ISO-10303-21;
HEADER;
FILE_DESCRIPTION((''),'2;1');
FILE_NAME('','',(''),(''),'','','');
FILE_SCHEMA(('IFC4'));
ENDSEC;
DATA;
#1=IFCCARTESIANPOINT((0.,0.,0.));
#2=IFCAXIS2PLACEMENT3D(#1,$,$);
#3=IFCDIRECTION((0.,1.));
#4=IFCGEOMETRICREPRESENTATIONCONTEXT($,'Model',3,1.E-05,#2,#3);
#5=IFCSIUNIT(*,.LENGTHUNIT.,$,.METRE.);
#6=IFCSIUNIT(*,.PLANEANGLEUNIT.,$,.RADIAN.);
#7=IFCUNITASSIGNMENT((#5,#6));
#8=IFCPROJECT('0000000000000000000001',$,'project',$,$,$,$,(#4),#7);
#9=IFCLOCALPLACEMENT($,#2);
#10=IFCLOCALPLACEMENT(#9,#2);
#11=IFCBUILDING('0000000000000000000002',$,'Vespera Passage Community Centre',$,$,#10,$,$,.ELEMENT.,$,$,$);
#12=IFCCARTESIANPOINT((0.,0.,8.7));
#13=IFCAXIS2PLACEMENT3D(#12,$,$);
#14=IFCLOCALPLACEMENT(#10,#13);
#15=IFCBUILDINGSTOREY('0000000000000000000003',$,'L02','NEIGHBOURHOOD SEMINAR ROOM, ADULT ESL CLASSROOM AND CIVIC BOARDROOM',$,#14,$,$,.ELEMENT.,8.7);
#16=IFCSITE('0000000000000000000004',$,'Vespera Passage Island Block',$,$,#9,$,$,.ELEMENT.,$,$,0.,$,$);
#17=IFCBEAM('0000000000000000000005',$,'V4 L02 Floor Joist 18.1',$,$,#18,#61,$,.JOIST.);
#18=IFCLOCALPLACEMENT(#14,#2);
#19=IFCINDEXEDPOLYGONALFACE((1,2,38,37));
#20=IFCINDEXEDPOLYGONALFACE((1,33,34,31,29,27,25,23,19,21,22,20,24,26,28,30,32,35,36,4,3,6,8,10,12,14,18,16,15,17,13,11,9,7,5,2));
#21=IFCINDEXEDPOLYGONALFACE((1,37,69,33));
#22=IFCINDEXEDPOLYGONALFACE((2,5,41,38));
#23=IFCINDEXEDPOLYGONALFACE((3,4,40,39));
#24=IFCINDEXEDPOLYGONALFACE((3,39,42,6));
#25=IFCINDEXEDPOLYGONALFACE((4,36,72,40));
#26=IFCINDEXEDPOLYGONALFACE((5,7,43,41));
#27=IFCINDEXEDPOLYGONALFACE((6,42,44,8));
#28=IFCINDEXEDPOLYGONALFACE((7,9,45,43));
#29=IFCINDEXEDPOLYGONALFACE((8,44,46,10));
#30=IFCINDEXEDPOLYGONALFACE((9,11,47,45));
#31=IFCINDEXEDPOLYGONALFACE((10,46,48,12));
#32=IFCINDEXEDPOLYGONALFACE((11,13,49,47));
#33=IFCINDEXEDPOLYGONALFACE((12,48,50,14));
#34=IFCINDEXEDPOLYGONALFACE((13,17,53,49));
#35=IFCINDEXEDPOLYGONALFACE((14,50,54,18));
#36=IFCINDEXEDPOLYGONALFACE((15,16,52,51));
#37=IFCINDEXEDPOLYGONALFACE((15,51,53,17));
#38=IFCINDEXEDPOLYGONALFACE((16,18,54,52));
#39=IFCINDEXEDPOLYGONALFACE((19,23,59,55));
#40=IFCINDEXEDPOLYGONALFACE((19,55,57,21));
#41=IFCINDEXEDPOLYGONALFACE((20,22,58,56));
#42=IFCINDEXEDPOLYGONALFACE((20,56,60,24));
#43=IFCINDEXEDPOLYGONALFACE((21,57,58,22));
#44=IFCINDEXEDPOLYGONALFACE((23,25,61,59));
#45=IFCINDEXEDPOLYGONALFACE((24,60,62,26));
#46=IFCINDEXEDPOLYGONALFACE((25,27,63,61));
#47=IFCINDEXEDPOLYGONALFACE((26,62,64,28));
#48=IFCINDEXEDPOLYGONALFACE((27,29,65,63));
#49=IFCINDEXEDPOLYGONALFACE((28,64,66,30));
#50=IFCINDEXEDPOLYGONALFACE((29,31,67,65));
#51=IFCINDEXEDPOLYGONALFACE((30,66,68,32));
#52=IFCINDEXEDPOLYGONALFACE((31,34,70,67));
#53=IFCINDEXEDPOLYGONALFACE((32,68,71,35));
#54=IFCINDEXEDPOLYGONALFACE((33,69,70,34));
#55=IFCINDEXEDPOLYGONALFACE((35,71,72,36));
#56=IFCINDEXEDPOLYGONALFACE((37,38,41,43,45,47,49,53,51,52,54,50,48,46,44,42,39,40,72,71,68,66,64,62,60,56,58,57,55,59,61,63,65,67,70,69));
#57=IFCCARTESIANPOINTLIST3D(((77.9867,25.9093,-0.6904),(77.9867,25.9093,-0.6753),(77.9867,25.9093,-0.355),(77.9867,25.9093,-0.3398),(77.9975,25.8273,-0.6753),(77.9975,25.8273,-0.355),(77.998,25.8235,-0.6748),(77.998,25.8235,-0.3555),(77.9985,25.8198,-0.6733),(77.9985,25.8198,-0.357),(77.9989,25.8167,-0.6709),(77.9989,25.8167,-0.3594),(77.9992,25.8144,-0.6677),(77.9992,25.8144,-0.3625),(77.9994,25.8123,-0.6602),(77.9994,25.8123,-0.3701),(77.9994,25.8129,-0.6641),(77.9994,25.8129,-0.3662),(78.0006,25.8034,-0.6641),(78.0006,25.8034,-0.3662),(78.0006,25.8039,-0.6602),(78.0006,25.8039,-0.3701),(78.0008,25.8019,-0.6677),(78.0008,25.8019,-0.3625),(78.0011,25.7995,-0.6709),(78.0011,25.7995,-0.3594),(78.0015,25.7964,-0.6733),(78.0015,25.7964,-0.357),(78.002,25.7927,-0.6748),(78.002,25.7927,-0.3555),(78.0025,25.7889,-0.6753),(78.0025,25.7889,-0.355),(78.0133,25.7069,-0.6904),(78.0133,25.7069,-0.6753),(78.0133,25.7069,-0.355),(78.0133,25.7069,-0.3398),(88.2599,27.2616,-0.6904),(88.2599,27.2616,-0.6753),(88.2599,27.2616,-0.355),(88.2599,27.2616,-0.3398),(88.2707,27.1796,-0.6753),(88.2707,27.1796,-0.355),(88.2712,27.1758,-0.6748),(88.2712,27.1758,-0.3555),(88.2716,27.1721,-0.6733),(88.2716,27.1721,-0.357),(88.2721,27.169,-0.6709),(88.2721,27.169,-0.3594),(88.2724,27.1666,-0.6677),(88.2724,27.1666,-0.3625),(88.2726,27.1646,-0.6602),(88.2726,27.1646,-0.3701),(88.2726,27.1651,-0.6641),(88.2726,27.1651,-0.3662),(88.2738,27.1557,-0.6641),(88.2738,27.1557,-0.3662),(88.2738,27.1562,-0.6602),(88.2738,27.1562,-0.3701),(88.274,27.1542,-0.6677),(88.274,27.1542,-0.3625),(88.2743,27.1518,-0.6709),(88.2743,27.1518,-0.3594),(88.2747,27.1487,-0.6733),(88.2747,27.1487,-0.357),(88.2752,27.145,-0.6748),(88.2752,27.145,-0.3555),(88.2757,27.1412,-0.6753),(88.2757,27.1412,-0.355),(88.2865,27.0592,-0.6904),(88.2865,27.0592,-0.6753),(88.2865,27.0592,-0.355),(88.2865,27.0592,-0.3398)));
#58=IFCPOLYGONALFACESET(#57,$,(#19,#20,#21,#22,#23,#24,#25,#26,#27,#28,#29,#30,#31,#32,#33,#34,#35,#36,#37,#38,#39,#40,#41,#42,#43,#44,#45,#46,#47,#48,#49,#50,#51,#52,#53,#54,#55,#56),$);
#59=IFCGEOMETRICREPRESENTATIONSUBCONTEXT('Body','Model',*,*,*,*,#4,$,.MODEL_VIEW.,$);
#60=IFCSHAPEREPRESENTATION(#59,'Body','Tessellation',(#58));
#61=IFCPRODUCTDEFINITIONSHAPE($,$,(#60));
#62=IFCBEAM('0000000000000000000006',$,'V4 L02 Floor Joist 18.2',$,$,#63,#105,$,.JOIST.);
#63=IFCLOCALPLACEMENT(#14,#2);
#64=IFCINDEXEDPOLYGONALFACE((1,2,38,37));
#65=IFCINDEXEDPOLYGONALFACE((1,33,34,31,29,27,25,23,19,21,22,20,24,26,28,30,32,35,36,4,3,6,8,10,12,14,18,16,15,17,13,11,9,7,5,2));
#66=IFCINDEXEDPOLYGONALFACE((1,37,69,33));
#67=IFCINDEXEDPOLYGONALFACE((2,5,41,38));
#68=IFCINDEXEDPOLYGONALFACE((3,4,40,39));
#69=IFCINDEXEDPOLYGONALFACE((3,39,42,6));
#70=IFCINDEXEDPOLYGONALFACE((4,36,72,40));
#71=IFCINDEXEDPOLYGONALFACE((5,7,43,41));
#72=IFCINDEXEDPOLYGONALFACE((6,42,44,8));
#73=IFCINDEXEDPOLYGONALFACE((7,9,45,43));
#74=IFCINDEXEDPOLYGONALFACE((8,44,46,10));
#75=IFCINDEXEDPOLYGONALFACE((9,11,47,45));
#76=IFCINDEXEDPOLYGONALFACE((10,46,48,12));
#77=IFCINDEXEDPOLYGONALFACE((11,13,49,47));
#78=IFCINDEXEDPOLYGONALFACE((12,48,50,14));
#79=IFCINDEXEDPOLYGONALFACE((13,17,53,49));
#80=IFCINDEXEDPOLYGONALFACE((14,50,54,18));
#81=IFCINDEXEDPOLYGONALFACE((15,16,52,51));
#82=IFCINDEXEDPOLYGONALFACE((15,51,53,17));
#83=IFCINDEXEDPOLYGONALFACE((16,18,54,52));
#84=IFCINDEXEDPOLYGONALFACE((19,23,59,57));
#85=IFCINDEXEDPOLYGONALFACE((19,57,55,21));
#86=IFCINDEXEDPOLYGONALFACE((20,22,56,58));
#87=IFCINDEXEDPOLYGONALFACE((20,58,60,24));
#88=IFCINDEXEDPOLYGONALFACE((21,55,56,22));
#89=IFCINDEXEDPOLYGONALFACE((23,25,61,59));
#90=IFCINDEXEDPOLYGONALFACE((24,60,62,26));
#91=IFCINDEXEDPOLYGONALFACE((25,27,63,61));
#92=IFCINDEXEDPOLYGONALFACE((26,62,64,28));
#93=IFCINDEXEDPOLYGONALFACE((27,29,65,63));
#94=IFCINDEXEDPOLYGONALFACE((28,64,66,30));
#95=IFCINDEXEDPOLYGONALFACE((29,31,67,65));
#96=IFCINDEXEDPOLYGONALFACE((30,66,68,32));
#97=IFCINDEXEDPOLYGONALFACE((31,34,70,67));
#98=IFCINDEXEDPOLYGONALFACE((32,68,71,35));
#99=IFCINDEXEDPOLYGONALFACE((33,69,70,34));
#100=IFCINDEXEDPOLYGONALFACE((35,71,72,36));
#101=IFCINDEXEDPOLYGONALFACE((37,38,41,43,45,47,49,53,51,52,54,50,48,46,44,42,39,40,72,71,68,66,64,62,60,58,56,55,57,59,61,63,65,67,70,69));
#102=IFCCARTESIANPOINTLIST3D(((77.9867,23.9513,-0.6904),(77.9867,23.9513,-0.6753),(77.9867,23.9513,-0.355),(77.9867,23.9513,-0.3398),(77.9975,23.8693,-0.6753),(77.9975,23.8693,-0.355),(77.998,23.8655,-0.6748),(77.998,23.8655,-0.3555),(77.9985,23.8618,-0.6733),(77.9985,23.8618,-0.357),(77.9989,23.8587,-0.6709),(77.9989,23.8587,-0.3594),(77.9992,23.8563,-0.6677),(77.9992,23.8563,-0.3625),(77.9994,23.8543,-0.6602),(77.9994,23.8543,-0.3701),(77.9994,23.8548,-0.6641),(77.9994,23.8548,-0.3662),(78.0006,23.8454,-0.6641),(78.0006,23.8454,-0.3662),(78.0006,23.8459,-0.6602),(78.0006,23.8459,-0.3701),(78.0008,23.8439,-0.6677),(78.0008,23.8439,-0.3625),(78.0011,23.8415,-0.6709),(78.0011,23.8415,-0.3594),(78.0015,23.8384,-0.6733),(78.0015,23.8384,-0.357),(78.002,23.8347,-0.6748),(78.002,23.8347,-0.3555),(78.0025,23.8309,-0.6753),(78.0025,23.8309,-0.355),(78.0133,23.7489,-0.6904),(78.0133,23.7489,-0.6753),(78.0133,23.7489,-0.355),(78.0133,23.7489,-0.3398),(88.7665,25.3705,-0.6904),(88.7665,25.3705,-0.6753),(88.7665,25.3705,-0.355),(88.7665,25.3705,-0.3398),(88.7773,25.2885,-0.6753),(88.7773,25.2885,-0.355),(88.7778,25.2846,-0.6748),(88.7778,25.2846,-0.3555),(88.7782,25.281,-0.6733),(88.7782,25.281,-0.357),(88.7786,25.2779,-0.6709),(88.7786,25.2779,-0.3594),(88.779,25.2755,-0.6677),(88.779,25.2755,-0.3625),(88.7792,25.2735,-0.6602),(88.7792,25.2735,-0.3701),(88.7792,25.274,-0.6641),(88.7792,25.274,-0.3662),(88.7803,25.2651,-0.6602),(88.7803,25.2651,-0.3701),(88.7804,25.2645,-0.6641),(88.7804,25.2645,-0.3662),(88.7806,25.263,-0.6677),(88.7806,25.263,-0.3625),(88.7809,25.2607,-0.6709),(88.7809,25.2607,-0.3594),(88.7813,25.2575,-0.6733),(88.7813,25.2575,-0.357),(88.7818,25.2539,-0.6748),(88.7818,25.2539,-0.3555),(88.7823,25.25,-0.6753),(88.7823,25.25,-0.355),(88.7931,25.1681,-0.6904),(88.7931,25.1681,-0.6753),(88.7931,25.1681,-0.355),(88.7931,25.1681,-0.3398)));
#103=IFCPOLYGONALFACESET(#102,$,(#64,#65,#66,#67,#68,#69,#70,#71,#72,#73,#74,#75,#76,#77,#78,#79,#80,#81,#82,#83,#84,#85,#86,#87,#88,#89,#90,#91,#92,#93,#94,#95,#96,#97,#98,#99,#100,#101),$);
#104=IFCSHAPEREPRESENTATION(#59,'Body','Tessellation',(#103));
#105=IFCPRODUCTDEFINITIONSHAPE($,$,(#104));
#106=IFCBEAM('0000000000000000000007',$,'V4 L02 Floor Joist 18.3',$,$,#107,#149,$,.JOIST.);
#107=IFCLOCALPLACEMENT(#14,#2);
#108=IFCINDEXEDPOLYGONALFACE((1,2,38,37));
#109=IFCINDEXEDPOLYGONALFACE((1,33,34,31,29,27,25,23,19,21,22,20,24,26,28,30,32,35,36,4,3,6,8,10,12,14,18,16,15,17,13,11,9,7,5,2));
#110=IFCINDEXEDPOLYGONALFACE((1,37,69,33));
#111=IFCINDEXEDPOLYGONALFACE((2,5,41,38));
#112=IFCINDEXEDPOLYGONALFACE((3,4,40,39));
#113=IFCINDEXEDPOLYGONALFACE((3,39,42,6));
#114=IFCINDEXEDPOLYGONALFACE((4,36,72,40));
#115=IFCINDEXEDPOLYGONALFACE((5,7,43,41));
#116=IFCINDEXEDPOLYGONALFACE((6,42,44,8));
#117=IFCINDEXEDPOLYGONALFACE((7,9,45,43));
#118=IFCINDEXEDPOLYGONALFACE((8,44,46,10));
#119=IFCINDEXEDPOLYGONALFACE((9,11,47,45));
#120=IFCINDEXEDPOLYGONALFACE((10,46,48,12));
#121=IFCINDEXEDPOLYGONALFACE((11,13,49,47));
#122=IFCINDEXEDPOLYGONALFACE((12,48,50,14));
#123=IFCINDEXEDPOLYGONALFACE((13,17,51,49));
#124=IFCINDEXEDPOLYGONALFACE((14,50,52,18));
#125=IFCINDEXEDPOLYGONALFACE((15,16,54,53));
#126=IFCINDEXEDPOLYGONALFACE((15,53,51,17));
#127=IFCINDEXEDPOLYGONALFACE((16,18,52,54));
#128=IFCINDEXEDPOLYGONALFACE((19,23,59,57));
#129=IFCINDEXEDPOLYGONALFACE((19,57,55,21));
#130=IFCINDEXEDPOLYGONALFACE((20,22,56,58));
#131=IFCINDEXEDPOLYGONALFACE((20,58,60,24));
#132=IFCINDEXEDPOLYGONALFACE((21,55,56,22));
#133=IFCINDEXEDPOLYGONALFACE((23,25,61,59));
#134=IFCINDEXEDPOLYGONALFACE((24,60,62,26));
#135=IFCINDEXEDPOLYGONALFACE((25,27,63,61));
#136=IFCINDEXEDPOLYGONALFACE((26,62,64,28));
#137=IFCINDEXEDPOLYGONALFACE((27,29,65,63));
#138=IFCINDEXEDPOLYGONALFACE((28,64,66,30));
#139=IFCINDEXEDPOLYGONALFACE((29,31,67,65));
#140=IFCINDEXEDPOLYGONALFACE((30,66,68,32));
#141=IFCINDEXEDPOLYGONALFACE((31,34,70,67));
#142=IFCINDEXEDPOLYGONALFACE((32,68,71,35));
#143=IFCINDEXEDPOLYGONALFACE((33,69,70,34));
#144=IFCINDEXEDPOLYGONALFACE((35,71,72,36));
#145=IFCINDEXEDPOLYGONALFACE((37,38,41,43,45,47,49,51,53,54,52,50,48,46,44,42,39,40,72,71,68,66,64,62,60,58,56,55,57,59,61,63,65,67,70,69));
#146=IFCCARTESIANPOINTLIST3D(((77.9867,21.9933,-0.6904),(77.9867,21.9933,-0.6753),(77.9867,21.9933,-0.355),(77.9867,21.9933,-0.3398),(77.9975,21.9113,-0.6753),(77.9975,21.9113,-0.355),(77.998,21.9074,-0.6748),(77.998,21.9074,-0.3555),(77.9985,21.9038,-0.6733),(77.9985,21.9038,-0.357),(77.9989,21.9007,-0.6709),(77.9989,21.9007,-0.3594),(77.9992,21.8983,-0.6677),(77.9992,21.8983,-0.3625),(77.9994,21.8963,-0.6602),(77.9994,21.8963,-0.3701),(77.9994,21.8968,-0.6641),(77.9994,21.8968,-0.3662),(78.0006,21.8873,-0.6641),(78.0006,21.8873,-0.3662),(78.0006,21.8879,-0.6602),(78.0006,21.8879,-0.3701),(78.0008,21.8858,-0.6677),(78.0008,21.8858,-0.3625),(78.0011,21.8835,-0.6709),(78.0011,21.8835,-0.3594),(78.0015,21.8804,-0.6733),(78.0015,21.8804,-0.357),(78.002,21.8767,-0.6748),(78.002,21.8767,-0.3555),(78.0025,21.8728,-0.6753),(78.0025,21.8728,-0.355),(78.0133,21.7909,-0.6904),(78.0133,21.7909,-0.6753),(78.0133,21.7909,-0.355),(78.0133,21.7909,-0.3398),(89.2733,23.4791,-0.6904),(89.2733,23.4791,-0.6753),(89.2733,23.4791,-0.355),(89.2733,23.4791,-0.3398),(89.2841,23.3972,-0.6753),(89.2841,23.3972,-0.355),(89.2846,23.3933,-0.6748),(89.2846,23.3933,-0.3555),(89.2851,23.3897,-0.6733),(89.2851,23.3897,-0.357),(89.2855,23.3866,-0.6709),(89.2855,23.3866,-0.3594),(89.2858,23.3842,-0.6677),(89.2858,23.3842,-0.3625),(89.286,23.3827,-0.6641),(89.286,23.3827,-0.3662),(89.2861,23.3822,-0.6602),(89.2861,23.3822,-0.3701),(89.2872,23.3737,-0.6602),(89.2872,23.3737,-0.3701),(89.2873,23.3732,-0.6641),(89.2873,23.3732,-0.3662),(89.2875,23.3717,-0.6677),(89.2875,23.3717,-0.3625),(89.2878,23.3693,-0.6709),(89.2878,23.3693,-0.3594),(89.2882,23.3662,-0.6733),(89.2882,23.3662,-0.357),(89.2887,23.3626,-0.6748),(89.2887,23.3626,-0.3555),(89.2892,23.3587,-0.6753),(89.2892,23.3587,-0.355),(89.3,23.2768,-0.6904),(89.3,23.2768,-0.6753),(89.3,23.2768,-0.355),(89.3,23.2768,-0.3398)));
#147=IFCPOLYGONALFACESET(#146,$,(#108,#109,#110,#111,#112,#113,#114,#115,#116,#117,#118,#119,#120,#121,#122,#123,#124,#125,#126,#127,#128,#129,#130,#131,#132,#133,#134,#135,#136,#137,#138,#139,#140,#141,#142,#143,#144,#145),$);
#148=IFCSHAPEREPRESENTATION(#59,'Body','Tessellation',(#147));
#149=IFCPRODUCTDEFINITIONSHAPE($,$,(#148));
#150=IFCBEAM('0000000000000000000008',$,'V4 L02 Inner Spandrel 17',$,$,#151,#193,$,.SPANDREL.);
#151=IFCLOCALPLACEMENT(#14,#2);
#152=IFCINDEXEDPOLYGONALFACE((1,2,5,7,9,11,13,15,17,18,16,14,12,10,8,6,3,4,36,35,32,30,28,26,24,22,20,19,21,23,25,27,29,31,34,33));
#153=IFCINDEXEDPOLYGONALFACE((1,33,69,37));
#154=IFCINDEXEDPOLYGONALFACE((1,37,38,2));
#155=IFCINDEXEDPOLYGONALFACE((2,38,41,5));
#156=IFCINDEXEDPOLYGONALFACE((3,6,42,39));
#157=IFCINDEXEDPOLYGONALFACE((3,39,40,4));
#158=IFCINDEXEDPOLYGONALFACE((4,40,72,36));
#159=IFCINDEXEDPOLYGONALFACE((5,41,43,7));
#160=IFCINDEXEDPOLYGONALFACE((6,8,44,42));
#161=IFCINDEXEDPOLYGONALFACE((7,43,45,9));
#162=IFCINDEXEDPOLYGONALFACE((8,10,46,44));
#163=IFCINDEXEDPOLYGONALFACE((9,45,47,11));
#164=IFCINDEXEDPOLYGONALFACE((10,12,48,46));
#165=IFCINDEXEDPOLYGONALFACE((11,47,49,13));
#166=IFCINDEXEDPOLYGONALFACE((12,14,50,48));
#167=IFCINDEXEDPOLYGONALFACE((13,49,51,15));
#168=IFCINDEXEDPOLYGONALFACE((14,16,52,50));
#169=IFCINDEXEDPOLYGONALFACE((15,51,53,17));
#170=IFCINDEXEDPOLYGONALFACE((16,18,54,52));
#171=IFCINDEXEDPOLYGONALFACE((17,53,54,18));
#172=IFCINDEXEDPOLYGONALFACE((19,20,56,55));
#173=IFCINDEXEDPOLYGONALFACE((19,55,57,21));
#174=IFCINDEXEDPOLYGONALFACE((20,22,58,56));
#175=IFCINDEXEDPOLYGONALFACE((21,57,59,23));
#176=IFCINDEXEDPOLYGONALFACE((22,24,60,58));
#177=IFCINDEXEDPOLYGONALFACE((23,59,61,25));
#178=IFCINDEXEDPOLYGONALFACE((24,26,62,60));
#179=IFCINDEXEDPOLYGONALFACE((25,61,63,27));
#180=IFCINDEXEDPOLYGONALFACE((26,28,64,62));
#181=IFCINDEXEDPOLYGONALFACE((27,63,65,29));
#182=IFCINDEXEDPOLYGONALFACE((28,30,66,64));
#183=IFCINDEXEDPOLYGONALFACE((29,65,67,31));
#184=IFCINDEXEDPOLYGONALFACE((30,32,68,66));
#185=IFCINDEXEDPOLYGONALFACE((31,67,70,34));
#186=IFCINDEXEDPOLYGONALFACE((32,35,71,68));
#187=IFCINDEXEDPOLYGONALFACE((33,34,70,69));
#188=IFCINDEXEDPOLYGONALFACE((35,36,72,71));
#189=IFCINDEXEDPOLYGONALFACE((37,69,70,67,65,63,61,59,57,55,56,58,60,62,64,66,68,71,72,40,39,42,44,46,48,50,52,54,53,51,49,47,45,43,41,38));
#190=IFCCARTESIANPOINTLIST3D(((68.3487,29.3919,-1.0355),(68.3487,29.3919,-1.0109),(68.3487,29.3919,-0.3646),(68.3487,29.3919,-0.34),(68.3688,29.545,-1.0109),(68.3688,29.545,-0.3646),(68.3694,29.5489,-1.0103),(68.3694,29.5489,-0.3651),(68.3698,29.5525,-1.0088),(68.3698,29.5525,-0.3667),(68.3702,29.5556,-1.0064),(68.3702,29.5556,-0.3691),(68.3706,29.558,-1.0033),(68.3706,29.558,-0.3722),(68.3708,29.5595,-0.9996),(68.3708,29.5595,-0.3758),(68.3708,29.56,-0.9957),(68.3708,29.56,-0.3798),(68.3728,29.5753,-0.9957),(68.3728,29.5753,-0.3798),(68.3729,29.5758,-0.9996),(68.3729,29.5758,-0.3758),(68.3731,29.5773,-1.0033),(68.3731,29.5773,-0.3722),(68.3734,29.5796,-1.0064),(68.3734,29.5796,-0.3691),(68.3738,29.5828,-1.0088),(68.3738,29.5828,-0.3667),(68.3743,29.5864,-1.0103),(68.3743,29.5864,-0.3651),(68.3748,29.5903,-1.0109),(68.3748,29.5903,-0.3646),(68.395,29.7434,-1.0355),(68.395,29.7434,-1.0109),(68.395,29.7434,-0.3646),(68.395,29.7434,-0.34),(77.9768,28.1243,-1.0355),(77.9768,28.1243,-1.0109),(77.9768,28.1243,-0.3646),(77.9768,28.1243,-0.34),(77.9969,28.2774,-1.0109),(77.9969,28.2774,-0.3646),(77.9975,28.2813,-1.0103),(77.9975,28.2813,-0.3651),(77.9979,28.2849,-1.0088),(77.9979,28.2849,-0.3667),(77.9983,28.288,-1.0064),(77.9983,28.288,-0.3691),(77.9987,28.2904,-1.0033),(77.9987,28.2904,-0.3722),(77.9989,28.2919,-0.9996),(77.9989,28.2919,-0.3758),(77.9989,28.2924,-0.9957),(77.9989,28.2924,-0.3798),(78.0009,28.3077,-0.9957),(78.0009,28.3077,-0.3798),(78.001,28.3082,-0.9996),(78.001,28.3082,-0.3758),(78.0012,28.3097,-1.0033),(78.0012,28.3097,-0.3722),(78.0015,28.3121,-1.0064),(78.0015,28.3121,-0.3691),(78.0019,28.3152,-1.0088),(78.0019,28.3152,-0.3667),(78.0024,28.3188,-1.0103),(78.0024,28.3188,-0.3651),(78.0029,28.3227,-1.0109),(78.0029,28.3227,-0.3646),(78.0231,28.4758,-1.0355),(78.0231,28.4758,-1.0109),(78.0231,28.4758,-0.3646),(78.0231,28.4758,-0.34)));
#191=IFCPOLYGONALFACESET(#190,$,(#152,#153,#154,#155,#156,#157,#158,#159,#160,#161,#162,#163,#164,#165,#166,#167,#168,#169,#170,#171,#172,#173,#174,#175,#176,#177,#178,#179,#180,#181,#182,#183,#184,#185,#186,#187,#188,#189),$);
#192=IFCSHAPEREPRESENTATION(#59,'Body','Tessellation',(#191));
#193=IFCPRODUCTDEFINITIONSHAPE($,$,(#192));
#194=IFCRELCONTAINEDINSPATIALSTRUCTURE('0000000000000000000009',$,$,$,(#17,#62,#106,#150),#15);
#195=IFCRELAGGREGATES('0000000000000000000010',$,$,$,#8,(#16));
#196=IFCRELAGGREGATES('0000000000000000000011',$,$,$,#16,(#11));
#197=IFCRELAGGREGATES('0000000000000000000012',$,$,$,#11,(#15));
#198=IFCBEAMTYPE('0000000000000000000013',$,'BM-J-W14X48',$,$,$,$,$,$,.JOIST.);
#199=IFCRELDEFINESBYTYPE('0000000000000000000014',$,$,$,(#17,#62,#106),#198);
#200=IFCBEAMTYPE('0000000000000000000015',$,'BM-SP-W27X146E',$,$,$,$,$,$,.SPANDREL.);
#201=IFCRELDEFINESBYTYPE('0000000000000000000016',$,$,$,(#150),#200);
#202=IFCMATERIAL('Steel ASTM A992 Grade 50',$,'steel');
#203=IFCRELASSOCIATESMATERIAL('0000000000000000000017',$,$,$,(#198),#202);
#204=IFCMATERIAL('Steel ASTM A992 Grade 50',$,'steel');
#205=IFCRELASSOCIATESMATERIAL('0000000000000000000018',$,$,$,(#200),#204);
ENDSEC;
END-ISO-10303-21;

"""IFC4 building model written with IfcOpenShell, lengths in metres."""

from ifc_helpers import new_model, si_unit, direction, frame, origin, origin_2d, place, context, subcontext, project, spatial, i_section, extrude, material, material_profile, profile_set, type_object, element, save


model = new_model("IFC4")

# Units and contexts
model_context = context("Model", 3, precision=1e-05, world=origin(), true_north=direction((0.0, 1.0)))
body_context = subcontext(model_context, "Body", "Model", "MODEL_VIEW")
ifc_project = project(units=[si_unit("LENGTHUNIT", "METRE"), si_unit("PLANEANGLEUNIT", "RADIAN")], contexts=[model_context])

# Site, building, storey
site_placement = place(None, origin())
site = spatial("IfcSite", under=ifc_project, at=site_placement, Name="Vespera Passage Island Block", CompositionType="ELEMENT", RefElevation=0.0)
building_placement = place(site_placement, origin())
building = spatial("IfcBuilding", under=site, at=building_placement, Name="Vespera Passage Community Centre", CompositionType="ELEMENT")
storey_placement = place(building_placement, frame((0.0, 0.0, 8.7)))
storey = spatial("IfcBuildingStorey", under=building, at=storey_placement, Name="L02", Description="NEIGHBOURHOOD SEMINAR ROOM, ADULT ESL CLASSROOM AND CIVIC BOARDROOM", CompositionType="ELEMENT", Elevation=8.7)

# Beams
ifc_material_1 = material(Name="Steel ASTM A992 Grade 50", Category="steel")
ifc_material_profile_1 = material_profile(ifc_material_1, i_section(OverallWidth=0.2041, OverallDepth=0.3506, WebThickness=0.0085, FlangeThickness=0.0151, FilletRadius=0.0151, at=origin_2d()), Name="W14X48")
ifc_profile_set_1 = profile_set([ifc_material_profile_1], Name="Steel ASTM A992 Grade 50")
beam_type_1 = type_object("IfcBeamType", Name="BM-J-W14X48", PredefinedType="JOIST", material=ifc_profile_set_1)
beam_1_placement = place(storey_placement, frame((78.0, 25.8081, -0.5151), z_axis=(0.991447, 0.130508, 0.0), x_axis=(-0.130508, 0.991447, 0.0)))
element("IfcBeam", 1, at=beam_1_placement, inside=storey, type_object=beam_type_1, Name="V4 L02 Floor Joist 18.1", PredefinedType="JOIST", context=body_context, shape_type="SweptSolid", body=[
    extrude(i_section(OverallWidth=0.2041, OverallDepth=0.3506, WebThickness=0.0085, FlangeThickness=0.0151, FilletRadius=0.0151, at=origin_2d()), origin(), (0.0, 0.0, 1.0), 10.3618),
])
beam_2_placement = place(storey_placement, frame((78.0, 23.8501, -0.5151), z_axis=(0.991445, 0.130527, 0.0), x_axis=(-0.130527, 0.991445, 0.0)))
element("IfcBeam", 2, at=beam_2_placement, inside=storey, type_object=beam_type_1, Name="V4 L02 Floor Joist 18.2", PredefinedType="JOIST", context=body_context, shape_type="SweptSolid", body=[
    extrude(i_section(OverallWidth=0.2041, OverallDepth=0.3506, WebThickness=0.0085, FlangeThickness=0.0151, FilletRadius=0.0151, at=origin_2d()), origin(), (0.0, 0.0, 1.0), 10.8728),
])
beam_3_placement = place(storey_placement, frame((78.0, 21.8921, -0.5151), z_axis=(0.991446, 0.13052, 0.0), x_axis=(-0.13052, 0.991446, 0.0)))
element("IfcBeam", 3, at=beam_3_placement, inside=storey, type_object=beam_type_1, Name="V4 L02 Floor Joist 18.3", PredefinedType="JOIST", context=body_context, shape_type="SweptSolid", body=[
    extrude(i_section(OverallWidth=0.2041, OverallDepth=0.3506, WebThickness=0.0085, FlangeThickness=0.0151, FilletRadius=0.0151, at=origin_2d()), origin(), (0.0, 0.0, 1.0), 11.384),
])
ifc_material_2 = material(Name="Steel ASTM A992 Grade 50", Category="steel")
ifc_material_profile_2 = material_profile(ifc_material_2, i_section(OverallWidth=0.3545, OverallDepth=0.6956, WebThickness=0.0154, FlangeThickness=0.0247, FilletRadius=0.0151, at=origin_2d()), Name="W27X146")
ifc_profile_set_2 = profile_set([ifc_material_profile_2], Name="Steel ASTM A992 Grade 50")
beam_type_2 = type_object("IfcBeamType", Name="BM-SP-W27X146E", PredefinedType="SPANDREL", material=ifc_profile_set_2)
beam_4_placement = place(storey_placement, frame((68.3718, 29.5676, -0.6877), z_axis=(0.991445, -0.130527, 0.0), x_axis=(0.130527, 0.991445, 0.0)))
element("IfcBeam", 4, at=beam_4_placement, inside=storey, type_object=beam_type_2, Name="V4 L02 Inner Spandrel 17", PredefinedType="SPANDREL", context=body_context, shape_type="SweptSolid", body=[
    extrude(i_section(OverallWidth=0.3545, OverallDepth=0.6956, WebThickness=0.0154, FlangeThickness=0.0247, FilletRadius=0.0151, at=origin_2d()), origin(), (0.0, 0.0, 1.0), 9.7112),
])

save(model, "model.ifc")
